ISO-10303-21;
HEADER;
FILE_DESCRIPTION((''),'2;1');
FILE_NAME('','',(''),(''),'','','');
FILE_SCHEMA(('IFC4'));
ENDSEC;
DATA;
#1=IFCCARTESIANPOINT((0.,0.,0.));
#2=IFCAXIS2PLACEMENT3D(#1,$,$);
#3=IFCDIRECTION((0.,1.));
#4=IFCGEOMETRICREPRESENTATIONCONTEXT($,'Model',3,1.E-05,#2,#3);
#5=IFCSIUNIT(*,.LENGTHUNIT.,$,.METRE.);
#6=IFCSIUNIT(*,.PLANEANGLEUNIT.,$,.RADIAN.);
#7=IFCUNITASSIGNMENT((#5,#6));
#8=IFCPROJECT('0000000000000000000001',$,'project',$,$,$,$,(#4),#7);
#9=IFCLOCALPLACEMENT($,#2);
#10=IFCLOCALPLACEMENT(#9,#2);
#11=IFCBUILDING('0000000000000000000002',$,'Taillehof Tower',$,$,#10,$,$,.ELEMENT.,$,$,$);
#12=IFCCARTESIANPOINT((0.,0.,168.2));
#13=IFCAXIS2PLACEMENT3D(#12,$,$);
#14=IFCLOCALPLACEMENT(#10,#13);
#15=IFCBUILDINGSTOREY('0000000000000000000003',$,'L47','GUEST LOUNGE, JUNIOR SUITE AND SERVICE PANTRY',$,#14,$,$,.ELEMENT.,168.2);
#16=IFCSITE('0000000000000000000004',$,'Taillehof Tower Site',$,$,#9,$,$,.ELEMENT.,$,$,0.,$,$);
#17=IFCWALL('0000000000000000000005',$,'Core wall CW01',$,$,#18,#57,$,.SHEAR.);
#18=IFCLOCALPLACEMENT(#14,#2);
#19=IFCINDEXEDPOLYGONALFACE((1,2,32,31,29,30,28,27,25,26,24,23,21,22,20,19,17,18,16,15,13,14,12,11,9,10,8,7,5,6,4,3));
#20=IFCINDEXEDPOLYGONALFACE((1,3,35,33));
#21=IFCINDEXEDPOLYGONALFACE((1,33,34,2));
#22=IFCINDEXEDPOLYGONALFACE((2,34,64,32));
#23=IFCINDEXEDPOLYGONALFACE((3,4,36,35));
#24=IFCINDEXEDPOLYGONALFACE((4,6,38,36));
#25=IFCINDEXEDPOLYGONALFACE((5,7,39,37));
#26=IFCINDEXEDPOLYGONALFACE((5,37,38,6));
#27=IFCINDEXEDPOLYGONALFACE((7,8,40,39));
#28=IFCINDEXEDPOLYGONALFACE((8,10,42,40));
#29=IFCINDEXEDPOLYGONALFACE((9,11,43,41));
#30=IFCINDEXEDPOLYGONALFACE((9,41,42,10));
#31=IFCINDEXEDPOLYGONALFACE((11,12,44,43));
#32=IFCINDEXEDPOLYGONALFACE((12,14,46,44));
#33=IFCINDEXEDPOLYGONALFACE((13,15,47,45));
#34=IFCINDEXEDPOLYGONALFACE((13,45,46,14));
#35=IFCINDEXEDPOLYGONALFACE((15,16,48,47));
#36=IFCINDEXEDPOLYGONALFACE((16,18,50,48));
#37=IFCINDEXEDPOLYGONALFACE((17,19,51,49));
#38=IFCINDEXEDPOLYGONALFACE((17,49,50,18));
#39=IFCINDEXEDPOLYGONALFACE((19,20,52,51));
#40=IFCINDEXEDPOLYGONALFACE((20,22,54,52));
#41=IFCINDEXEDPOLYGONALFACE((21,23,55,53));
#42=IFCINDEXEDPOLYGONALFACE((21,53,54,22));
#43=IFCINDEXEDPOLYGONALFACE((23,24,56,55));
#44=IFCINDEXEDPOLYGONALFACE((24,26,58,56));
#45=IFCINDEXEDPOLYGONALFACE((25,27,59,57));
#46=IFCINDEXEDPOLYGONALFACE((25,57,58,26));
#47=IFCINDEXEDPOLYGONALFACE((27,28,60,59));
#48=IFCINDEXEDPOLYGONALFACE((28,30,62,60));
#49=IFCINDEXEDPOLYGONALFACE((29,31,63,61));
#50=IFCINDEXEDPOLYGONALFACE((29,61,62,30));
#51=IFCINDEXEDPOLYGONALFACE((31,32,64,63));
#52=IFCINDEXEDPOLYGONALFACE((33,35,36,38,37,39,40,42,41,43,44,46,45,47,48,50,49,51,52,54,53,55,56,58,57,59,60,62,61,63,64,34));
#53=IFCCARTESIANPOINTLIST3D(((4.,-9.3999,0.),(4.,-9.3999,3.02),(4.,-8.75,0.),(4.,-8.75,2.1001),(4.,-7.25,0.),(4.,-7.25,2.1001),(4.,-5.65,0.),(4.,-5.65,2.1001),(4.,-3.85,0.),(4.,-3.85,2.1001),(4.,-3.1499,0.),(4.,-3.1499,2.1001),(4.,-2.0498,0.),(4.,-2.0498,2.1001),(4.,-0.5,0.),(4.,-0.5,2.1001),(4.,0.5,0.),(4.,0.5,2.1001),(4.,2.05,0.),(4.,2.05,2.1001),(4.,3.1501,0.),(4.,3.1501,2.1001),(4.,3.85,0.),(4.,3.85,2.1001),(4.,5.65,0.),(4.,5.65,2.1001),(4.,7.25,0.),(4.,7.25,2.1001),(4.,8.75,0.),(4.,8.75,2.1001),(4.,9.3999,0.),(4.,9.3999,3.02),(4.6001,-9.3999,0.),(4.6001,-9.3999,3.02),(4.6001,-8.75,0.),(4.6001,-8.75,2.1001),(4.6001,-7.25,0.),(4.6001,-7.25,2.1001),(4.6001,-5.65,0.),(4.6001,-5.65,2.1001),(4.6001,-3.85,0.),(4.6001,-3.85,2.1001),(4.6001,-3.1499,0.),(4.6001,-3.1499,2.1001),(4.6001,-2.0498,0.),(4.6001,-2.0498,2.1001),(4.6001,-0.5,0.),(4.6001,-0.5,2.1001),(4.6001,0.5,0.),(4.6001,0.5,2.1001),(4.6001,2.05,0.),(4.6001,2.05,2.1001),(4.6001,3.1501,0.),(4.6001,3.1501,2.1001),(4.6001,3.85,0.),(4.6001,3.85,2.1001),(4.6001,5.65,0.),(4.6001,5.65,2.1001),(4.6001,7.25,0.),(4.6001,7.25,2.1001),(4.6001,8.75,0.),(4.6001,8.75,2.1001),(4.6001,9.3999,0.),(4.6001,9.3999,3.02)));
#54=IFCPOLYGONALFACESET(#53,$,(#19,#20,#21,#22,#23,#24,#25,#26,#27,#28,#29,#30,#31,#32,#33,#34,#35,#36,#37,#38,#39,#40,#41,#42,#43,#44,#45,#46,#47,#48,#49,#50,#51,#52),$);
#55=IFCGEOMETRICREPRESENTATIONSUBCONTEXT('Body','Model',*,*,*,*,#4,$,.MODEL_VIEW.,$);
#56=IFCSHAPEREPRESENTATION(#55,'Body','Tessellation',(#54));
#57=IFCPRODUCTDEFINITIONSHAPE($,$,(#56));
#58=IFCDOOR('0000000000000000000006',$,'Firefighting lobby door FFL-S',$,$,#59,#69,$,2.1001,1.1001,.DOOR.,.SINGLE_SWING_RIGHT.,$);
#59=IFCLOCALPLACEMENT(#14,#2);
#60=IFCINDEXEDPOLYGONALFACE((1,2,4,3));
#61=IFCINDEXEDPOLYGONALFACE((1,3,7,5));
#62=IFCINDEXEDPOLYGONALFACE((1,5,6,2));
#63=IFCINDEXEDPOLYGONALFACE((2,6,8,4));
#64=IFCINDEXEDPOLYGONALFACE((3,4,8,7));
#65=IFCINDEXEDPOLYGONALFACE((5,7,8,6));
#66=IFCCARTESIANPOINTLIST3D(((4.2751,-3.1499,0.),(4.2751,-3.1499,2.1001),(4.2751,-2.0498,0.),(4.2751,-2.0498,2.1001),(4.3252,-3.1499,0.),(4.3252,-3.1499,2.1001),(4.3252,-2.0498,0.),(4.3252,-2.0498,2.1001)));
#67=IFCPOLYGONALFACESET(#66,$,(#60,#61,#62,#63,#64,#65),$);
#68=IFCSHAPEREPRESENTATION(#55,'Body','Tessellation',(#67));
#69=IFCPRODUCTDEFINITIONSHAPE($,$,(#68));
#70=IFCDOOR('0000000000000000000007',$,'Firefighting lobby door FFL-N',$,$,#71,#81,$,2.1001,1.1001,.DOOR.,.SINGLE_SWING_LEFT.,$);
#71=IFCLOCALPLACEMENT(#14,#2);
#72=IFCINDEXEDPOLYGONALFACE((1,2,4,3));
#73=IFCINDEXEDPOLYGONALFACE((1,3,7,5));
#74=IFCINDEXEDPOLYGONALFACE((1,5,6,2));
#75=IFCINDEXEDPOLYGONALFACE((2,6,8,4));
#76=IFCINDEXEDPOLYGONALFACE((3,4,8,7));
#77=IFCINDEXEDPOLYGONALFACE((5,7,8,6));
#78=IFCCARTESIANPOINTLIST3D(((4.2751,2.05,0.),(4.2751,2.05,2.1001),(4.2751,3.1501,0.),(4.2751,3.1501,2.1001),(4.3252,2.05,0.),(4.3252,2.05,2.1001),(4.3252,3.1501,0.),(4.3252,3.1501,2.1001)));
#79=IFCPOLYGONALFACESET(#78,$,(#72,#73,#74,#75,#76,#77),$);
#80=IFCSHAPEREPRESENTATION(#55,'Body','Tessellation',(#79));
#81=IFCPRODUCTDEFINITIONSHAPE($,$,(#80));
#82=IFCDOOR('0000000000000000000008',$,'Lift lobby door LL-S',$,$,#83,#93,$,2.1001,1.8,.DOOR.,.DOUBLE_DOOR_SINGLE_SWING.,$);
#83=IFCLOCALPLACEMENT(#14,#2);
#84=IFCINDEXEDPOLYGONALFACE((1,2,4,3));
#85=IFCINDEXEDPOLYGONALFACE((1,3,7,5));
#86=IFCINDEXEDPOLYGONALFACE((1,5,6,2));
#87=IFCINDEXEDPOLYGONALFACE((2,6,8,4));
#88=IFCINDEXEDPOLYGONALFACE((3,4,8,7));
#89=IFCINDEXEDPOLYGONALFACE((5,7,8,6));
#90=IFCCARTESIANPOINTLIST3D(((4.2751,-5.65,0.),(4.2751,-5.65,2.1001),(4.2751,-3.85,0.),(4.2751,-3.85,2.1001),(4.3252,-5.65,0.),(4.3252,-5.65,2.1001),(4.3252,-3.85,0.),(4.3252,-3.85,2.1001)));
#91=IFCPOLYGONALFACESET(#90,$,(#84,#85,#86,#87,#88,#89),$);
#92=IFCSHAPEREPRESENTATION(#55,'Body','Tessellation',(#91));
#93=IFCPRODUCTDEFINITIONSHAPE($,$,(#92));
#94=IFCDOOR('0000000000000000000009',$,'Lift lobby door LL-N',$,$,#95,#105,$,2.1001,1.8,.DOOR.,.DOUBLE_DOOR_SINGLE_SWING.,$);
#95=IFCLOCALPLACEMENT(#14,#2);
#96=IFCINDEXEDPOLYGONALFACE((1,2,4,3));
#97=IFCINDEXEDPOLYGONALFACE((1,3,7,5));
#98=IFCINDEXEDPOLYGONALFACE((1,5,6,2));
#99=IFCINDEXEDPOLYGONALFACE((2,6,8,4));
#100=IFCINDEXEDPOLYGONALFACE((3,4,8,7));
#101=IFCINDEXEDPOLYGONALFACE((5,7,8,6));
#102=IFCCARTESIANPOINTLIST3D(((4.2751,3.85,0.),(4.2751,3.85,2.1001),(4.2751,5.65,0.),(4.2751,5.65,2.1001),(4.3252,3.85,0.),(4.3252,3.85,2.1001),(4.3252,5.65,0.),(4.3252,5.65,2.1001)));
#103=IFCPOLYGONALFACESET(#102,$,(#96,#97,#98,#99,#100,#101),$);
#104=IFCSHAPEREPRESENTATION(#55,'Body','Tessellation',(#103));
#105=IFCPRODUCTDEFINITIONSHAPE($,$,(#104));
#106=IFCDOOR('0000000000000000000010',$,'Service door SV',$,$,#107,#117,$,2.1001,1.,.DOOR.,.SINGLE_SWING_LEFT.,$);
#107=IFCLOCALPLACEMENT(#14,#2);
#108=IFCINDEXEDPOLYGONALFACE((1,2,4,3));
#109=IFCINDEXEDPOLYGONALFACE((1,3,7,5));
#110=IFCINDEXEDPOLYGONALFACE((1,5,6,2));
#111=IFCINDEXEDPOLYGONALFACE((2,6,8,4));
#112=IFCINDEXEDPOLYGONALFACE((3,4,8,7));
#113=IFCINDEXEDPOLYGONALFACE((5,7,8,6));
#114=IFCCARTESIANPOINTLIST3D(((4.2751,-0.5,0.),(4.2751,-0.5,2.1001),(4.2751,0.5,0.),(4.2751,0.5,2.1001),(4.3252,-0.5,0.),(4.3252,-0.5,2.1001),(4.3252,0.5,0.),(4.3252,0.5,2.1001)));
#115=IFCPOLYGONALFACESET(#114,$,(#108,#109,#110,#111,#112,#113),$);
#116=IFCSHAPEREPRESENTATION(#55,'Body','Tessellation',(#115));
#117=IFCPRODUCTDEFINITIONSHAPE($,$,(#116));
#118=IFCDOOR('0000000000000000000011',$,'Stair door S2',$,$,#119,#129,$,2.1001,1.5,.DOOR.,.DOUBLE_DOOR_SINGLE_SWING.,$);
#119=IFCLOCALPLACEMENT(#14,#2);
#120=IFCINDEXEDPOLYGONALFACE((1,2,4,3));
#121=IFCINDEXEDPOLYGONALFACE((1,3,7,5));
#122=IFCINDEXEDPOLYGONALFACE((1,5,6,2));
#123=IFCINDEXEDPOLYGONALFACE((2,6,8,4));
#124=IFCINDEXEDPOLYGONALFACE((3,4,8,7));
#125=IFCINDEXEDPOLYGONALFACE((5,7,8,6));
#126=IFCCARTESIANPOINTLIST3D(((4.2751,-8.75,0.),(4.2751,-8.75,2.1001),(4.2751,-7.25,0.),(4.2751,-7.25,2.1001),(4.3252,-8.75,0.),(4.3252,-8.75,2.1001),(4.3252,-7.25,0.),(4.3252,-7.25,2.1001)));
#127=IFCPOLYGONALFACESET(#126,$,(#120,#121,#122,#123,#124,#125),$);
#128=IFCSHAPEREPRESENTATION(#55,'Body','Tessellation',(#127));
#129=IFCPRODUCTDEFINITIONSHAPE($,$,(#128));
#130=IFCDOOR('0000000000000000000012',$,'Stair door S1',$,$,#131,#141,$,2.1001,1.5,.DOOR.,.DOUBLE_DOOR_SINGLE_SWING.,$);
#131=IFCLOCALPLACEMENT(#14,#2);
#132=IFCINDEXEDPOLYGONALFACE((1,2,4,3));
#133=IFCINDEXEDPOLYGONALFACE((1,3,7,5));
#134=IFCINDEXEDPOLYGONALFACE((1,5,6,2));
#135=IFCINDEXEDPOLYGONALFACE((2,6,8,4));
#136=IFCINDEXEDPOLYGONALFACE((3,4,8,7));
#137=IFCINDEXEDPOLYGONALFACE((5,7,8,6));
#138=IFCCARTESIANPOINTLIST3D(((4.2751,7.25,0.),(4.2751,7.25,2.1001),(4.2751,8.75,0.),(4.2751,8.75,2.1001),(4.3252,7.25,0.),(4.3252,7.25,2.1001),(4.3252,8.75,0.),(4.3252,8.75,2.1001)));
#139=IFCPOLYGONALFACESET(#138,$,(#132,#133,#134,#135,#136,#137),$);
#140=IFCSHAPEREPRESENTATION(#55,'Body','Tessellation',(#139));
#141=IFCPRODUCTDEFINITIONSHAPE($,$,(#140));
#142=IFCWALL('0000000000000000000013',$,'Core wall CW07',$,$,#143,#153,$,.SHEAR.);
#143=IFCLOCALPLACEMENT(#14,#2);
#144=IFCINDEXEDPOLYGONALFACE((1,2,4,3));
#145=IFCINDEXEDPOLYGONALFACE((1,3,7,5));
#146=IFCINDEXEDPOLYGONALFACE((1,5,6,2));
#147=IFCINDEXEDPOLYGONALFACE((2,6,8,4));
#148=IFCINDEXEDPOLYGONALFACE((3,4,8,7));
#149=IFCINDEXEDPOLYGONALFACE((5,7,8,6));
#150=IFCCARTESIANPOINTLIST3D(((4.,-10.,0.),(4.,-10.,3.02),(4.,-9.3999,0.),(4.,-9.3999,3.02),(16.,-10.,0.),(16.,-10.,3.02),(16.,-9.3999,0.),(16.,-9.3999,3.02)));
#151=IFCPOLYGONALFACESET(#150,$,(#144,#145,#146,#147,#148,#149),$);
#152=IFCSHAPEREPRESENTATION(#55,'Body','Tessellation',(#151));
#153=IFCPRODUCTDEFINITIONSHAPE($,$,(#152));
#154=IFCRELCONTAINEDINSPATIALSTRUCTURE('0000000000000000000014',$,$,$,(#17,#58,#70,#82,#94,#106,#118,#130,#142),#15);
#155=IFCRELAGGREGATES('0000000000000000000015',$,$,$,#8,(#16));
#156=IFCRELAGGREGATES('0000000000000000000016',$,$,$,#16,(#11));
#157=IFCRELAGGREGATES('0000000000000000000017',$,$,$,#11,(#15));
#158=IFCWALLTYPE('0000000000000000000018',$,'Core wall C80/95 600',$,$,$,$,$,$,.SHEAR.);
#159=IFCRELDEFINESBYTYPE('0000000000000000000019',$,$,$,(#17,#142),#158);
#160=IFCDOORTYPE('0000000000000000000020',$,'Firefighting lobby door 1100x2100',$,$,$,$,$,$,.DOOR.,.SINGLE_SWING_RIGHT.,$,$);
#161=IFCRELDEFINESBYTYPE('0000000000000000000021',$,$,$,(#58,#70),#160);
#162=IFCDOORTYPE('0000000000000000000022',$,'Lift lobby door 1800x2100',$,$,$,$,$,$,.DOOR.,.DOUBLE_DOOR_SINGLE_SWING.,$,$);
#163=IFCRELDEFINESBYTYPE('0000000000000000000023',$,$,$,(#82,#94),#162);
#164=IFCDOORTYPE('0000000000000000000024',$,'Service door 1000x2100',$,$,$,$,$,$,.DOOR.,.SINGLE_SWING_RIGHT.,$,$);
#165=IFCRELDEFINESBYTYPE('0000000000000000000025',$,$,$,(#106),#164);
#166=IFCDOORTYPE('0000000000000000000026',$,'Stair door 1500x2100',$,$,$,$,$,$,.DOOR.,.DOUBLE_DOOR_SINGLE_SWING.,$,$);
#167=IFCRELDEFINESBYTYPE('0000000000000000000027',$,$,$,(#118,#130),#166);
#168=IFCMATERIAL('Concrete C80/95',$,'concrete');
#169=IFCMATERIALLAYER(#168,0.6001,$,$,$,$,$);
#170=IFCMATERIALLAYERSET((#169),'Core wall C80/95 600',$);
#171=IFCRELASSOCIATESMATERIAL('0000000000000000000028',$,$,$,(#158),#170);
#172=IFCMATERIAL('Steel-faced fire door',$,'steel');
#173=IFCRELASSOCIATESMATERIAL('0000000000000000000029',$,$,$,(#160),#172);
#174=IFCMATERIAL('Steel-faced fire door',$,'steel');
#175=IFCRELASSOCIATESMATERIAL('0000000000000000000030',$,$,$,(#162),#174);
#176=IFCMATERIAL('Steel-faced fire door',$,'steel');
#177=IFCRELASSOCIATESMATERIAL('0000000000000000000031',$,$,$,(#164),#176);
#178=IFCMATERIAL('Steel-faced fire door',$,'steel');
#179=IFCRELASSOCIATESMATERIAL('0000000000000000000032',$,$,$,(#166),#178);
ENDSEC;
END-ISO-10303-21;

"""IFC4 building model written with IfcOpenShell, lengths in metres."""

from ifc_helpers import new_model, si_unit, direction, frame, frame_2d, origin, place, context, subcontext, project, spatial, rectangle, extrude, material, layer, layer_set, type_object, element, fill, save


model = new_model("IFC4")

# Units and contexts
model_context = context("Model", 3, precision=1e-05, world=origin(), true_north=direction((0.0, 1.0)))
body_context = subcontext(model_context, "Body", "Model", "MODEL_VIEW")
ifc_project = project(units=[si_unit("LENGTHUNIT", "METRE"), si_unit("PLANEANGLEUNIT", "RADIAN")], contexts=[model_context])

# Site, building, storey
site_placement = place(None, origin())
site = spatial("IfcSite", under=ifc_project, at=site_placement, Name="Taillehof Tower Site", CompositionType="ELEMENT", RefElevation=0.0)
building_placement = place(site_placement, origin())
building = spatial("IfcBuilding", under=site, at=building_placement, Name="Taillehof Tower", CompositionType="ELEMENT")
storey_placement = place(building_placement, frame((0.0, 0.0, 168.2)))
storey = spatial("IfcBuildingStorey", under=building, at=storey_placement, Name="L47", Description="GUEST LOUNGE, JUNIOR SUITE AND SERVICE PANTRY", CompositionType="ELEMENT", Elevation=168.2)

# Wall, openings, doors
ifc_material_1 = material(Name="Concrete C80/95", Category="concrete")
ifc_layer_1 = layer(ifc_material_1, 0.6001)
ifc_layer_set_1 = layer_set([ifc_layer_1], Name="Core wall C80/95 600")
wall_type_1 = type_object("IfcWallType", Name="Core wall C80/95 600", PredefinedType="SHEAR", material=ifc_layer_set_1)
wall_1_placement = place(storey_placement, frame((4.3, -9.3999, 0.0), z_axis=(0.0, 0.0, 1.0), x_axis=(0.0, 1.0, 0.0)))
wall_1 = element("IfcWall", 1, at=wall_1_placement, inside=storey, type_object=wall_type_1, Name="Core wall CW01", PredefinedType="SHEAR", context=body_context, shape_type="SweptSolid", body=[
    extrude(rectangle(XDim=18.7998, YDim=0.6001, at=frame_2d((9.3999, 0.0))), origin(), (0.0, 0.0, 1.0), 3.02),
])
opening_1_placement = place(wall_1_placement, frame((0.6499, 0.0, 0.0)))
opening_1 = element("IfcOpeningElement", 2, at=opening_1_placement, cuts=wall_1, PredefinedType="OPENING", context=body_context, shape_type="SweptSolid", body=[
    extrude(rectangle(XDim=1.5, YDim=2.1001, at=frame_2d((0.75, 1.05))), frame((0.0, 0.3101, 0.0), z_axis=(0.0, -1.0, 0.0), x_axis=(1.0, 0.0, 0.0)), (0.0, 0.0, 1.0), 0.6201),
])
opening_2_placement = place(wall_1_placement, frame((3.75, 0.0, 0.0)))
opening_2 = element("IfcOpeningElement", 3, at=opening_2_placement, cuts=wall_1, PredefinedType="OPENING", context=body_context, shape_type="SweptSolid", body=[
    extrude(rectangle(XDim=1.8, YDim=2.1001, at=frame_2d((0.8999, 1.05))), frame((0.0, 0.3101, 0.0), z_axis=(0.0, -1.0, 0.0), x_axis=(1.0, 0.0, 0.0)), (0.0, 0.0, 1.0), 0.6201),
])
opening_3_placement = place(wall_1_placement, frame((6.25, 0.0, 0.0)))
opening_3 = element("IfcOpeningElement", 4, at=opening_3_placement, cuts=wall_1, PredefinedType="OPENING", context=body_context, shape_type="SweptSolid", body=[
    extrude(rectangle(XDim=1.1001, YDim=2.1001, at=frame_2d((0.55, 1.05))), frame((0.0, 0.3101, 0.0), z_axis=(0.0, -1.0, 0.0), x_axis=(1.0, 0.0, 0.0)), (0.0, 0.0, 1.0), 0.6201),
])
opening_4_placement = place(wall_1_placement, frame((8.8999, 0.0, 0.0)))
opening_4 = element("IfcOpeningElement", 5, at=opening_4_placement, cuts=wall_1, PredefinedType="OPENING", context=body_context, shape_type="SweptSolid", body=[
    extrude(rectangle(XDim=1.0, YDim=2.1001, at=frame_2d((0.5, 1.05))), frame((0.0, 0.3101, 0.0), z_axis=(0.0, -1.0, 0.0), x_axis=(1.0, 0.0, 0.0)), (0.0, 0.0, 1.0), 0.6201),
])
opening_5_placement = place(wall_1_placement, frame((11.45, 0.0, 0.0)))
opening_5 = element("IfcOpeningElement", 6, at=opening_5_placement, cuts=wall_1, PredefinedType="OPENING", context=body_context, shape_type="SweptSolid", body=[
    extrude(rectangle(XDim=1.1001, YDim=2.1001, at=frame_2d((0.55, 1.05))), frame((0.0, 0.3101, 0.0), z_axis=(0.0, -1.0, 0.0), x_axis=(1.0, 0.0, 0.0)), (0.0, 0.0, 1.0), 0.6201),
])
opening_6_placement = place(wall_1_placement, frame((13.25, 0.0, 0.0)))
opening_6 = element("IfcOpeningElement", 7, at=opening_6_placement, cuts=wall_1, PredefinedType="OPENING", context=body_context, shape_type="SweptSolid", body=[
    extrude(rectangle(XDim=1.8, YDim=2.1001, at=frame_2d((0.8999, 1.05))), frame((0.0, 0.3101, 0.0), z_axis=(0.0, -1.0, 0.0), x_axis=(1.0, 0.0, 0.0)), (0.0, 0.0, 1.0), 0.6201),
])
opening_7_placement = place(wall_1_placement, frame((16.6499, 0.0, 0.0)))
opening_7 = element("IfcOpeningElement", 8, at=opening_7_placement, cuts=wall_1, PredefinedType="OPENING", context=body_context, shape_type="SweptSolid", body=[
    extrude(rectangle(XDim=1.5, YDim=2.1001, at=frame_2d((0.75, 1.05))), frame((0.0, 0.3101, 0.0), z_axis=(0.0, -1.0, 0.0), x_axis=(1.0, 0.0, 0.0)), (0.0, 0.0, 1.0), 0.6201),
])
ifc_material_2 = material(Name="Steel-faced fire door", Category="steel")
door_type_1 = type_object("IfcDoorType", Name="Firefighting lobby door 1100x2100", OperationType="SINGLE_SWING_RIGHT", PredefinedType="DOOR", material=ifc_material_2)
door_1_placement = place(opening_3_placement, origin())
door_1 = element("IfcDoor", 9, at=door_1_placement, inside=storey, type_object=door_type_1, Name="Firefighting lobby door FFL-S", OperationType="SINGLE_SWING_RIGHT", OverallHeight=2.1001, OverallWidth=1.1001, PredefinedType="DOOR", context=body_context, shape_type="SweptSolid", body=[
    extrude(rectangle(XDim=1.1001, YDim=2.1001, at=frame_2d((0.55, 1.05))), frame((0.0, 0.0249, 0.0), z_axis=(0.0, -1.0, 0.0), x_axis=(1.0, 0.0, 0.0)), (0.0, 0.0, 1.0), 0.05),
])
fill(opening_3, door_1)
door_2_placement = place(opening_5_placement, origin())
door_2 = element("IfcDoor", 10, at=door_2_placement, inside=storey, type_object=door_type_1, Name="Firefighting lobby door FFL-N", OperationType="SINGLE_SWING_LEFT", OverallHeight=2.1001, OverallWidth=1.1001, PredefinedType="DOOR", context=body_context, shape_type="SweptSolid", body=[
    extrude(rectangle(XDim=1.1001, YDim=2.1001, at=frame_2d((0.55, 1.05))), frame((0.0, 0.0249, 0.0), z_axis=(0.0, -1.0, 0.0), x_axis=(1.0, 0.0, 0.0)), (0.0, 0.0, 1.0), 0.05),
])
fill(opening_5, door_2)
ifc_material_3 = material(Name="Steel-faced fire door", Category="steel")
door_type_2 = type_object("IfcDoorType", Name="Lift lobby door 1800x2100", OperationType="DOUBLE_DOOR_SINGLE_SWING", PredefinedType="DOOR", material=ifc_material_3)
door_3_placement = place(opening_2_placement, origin())
door_3 = element("IfcDoor", 11, at=door_3_placement, inside=storey, type_object=door_type_2, Name="Lift lobby door LL-S", OperationType="DOUBLE_DOOR_SINGLE_SWING", OverallHeight=2.1001, OverallWidth=1.8, PredefinedType="DOOR", context=body_context, shape_type="SweptSolid", body=[
    extrude(rectangle(XDim=1.8, YDim=2.1001, at=frame_2d((0.8999, 1.05))), frame((0.0, 0.0249, 0.0), z_axis=(0.0, -1.0, 0.0), x_axis=(1.0, 0.0, 0.0)), (0.0, 0.0, 1.0), 0.05),
])
fill(opening_2, door_3)
door_4_placement = place(opening_6_placement, origin())
door_4 = element("IfcDoor", 12, at=door_4_placement, inside=storey, type_object=door_type_2, Name="Lift lobby door LL-N", OperationType="DOUBLE_DOOR_SINGLE_SWING", OverallHeight=2.1001, OverallWidth=1.8, PredefinedType="DOOR", context=body_context, shape_type="SweptSolid", body=[
    extrude(rectangle(XDim=1.8, YDim=2.1001, at=frame_2d((0.8999, 1.05))), frame((0.0, 0.0249, 0.0), z_axis=(0.0, -1.0, 0.0), x_axis=(1.0, 0.0, 0.0)), (0.0, 0.0, 1.0), 0.05),
])
fill(opening_6, door_4)
ifc_material_4 = material(Name="Steel-faced fire door", Category="steel")
door_type_3 = type_object("IfcDoorType", Name="Service door 1000x2100", OperationType="SINGLE_SWING_RIGHT", PredefinedType="DOOR", material=ifc_material_4)
door_5_placement = place(opening_4_placement, origin())
door_5 = element("IfcDoor", 13, at=door_5_placement, inside=storey, type_object=door_type_3, Name="Service door SV", OperationType="SINGLE_SWING_LEFT", OverallHeight=2.1001, OverallWidth=1.0, PredefinedType="DOOR", context=body_context, shape_type="SweptSolid", body=[
    extrude(rectangle(XDim=1.0, YDim=2.1001, at=frame_2d((0.5, 1.05))), frame((0.0, 0.0249, 0.0), z_axis=(0.0, -1.0, 0.0), x_axis=(1.0, 0.0, 0.0)), (0.0, 0.0, 1.0), 0.05),
])
fill(opening_4, door_5)
ifc_material_5 = material(Name="Steel-faced fire door", Category="steel")
door_type_4 = type_object("IfcDoorType", Name="Stair door 1500x2100", OperationType="DOUBLE_DOOR_SINGLE_SWING", PredefinedType="DOOR", material=ifc_material_5)
door_6_placement = place(opening_1_placement, origin())
door_6 = element("IfcDoor", 14, at=door_6_placement, inside=storey, type_object=door_type_4, Name="Stair door S2", OperationType="DOUBLE_DOOR_SINGLE_SWING", OverallHeight=2.1001, OverallWidth=1.5, PredefinedType="DOOR", context=body_context, shape_type="SweptSolid", body=[
    extrude(rectangle(XDim=1.5, YDim=2.1001, at=frame_2d((0.75, 1.05))), frame((0.0, 0.0249, 0.0), z_axis=(0.0, -1.0, 0.0), x_axis=(1.0, 0.0, 0.0)), (0.0, 0.0, 1.0), 0.05),
])
fill(opening_1, door_6)
door_7_placement = place(opening_7_placement, origin())
door_7 = element("IfcDoor", 15, at=door_7_placement, inside=storey, type_object=door_type_4, Name="Stair door S1", OperationType="DOUBLE_DOOR_SINGLE_SWING", OverallHeight=2.1001, OverallWidth=1.5, PredefinedType="DOOR", context=body_context, shape_type="SweptSolid", body=[
    extrude(rectangle(XDim=1.5, YDim=2.1001, at=frame_2d((0.75, 1.05))), frame((0.0, 0.0249, 0.0), z_axis=(0.0, -1.0, 0.0), x_axis=(1.0, 0.0, 0.0)), (0.0, 0.0, 1.0), 0.05),
])
fill(opening_7, door_7)

# Wall
wall_2_placement = place(storey_placement, frame((4.0, -9.7, 0.0), z_axis=(0.0, 0.0, 1.0), x_axis=(1.0, 0.0, 0.0)))
element("IfcWall", 16, at=wall_2_placement, inside=storey, type_object=wall_type_1, Name="Core wall CW07", PredefinedType="SHEAR", context=body_context, shape_type="SweptSolid", body=[
    extrude(rectangle(XDim=12.0, YDim=0.6001, at=frame_2d((6.0, 0.0))), origin(), (0.0, 0.0, 1.0), 3.02),
])

save(model, "model.ifc")
